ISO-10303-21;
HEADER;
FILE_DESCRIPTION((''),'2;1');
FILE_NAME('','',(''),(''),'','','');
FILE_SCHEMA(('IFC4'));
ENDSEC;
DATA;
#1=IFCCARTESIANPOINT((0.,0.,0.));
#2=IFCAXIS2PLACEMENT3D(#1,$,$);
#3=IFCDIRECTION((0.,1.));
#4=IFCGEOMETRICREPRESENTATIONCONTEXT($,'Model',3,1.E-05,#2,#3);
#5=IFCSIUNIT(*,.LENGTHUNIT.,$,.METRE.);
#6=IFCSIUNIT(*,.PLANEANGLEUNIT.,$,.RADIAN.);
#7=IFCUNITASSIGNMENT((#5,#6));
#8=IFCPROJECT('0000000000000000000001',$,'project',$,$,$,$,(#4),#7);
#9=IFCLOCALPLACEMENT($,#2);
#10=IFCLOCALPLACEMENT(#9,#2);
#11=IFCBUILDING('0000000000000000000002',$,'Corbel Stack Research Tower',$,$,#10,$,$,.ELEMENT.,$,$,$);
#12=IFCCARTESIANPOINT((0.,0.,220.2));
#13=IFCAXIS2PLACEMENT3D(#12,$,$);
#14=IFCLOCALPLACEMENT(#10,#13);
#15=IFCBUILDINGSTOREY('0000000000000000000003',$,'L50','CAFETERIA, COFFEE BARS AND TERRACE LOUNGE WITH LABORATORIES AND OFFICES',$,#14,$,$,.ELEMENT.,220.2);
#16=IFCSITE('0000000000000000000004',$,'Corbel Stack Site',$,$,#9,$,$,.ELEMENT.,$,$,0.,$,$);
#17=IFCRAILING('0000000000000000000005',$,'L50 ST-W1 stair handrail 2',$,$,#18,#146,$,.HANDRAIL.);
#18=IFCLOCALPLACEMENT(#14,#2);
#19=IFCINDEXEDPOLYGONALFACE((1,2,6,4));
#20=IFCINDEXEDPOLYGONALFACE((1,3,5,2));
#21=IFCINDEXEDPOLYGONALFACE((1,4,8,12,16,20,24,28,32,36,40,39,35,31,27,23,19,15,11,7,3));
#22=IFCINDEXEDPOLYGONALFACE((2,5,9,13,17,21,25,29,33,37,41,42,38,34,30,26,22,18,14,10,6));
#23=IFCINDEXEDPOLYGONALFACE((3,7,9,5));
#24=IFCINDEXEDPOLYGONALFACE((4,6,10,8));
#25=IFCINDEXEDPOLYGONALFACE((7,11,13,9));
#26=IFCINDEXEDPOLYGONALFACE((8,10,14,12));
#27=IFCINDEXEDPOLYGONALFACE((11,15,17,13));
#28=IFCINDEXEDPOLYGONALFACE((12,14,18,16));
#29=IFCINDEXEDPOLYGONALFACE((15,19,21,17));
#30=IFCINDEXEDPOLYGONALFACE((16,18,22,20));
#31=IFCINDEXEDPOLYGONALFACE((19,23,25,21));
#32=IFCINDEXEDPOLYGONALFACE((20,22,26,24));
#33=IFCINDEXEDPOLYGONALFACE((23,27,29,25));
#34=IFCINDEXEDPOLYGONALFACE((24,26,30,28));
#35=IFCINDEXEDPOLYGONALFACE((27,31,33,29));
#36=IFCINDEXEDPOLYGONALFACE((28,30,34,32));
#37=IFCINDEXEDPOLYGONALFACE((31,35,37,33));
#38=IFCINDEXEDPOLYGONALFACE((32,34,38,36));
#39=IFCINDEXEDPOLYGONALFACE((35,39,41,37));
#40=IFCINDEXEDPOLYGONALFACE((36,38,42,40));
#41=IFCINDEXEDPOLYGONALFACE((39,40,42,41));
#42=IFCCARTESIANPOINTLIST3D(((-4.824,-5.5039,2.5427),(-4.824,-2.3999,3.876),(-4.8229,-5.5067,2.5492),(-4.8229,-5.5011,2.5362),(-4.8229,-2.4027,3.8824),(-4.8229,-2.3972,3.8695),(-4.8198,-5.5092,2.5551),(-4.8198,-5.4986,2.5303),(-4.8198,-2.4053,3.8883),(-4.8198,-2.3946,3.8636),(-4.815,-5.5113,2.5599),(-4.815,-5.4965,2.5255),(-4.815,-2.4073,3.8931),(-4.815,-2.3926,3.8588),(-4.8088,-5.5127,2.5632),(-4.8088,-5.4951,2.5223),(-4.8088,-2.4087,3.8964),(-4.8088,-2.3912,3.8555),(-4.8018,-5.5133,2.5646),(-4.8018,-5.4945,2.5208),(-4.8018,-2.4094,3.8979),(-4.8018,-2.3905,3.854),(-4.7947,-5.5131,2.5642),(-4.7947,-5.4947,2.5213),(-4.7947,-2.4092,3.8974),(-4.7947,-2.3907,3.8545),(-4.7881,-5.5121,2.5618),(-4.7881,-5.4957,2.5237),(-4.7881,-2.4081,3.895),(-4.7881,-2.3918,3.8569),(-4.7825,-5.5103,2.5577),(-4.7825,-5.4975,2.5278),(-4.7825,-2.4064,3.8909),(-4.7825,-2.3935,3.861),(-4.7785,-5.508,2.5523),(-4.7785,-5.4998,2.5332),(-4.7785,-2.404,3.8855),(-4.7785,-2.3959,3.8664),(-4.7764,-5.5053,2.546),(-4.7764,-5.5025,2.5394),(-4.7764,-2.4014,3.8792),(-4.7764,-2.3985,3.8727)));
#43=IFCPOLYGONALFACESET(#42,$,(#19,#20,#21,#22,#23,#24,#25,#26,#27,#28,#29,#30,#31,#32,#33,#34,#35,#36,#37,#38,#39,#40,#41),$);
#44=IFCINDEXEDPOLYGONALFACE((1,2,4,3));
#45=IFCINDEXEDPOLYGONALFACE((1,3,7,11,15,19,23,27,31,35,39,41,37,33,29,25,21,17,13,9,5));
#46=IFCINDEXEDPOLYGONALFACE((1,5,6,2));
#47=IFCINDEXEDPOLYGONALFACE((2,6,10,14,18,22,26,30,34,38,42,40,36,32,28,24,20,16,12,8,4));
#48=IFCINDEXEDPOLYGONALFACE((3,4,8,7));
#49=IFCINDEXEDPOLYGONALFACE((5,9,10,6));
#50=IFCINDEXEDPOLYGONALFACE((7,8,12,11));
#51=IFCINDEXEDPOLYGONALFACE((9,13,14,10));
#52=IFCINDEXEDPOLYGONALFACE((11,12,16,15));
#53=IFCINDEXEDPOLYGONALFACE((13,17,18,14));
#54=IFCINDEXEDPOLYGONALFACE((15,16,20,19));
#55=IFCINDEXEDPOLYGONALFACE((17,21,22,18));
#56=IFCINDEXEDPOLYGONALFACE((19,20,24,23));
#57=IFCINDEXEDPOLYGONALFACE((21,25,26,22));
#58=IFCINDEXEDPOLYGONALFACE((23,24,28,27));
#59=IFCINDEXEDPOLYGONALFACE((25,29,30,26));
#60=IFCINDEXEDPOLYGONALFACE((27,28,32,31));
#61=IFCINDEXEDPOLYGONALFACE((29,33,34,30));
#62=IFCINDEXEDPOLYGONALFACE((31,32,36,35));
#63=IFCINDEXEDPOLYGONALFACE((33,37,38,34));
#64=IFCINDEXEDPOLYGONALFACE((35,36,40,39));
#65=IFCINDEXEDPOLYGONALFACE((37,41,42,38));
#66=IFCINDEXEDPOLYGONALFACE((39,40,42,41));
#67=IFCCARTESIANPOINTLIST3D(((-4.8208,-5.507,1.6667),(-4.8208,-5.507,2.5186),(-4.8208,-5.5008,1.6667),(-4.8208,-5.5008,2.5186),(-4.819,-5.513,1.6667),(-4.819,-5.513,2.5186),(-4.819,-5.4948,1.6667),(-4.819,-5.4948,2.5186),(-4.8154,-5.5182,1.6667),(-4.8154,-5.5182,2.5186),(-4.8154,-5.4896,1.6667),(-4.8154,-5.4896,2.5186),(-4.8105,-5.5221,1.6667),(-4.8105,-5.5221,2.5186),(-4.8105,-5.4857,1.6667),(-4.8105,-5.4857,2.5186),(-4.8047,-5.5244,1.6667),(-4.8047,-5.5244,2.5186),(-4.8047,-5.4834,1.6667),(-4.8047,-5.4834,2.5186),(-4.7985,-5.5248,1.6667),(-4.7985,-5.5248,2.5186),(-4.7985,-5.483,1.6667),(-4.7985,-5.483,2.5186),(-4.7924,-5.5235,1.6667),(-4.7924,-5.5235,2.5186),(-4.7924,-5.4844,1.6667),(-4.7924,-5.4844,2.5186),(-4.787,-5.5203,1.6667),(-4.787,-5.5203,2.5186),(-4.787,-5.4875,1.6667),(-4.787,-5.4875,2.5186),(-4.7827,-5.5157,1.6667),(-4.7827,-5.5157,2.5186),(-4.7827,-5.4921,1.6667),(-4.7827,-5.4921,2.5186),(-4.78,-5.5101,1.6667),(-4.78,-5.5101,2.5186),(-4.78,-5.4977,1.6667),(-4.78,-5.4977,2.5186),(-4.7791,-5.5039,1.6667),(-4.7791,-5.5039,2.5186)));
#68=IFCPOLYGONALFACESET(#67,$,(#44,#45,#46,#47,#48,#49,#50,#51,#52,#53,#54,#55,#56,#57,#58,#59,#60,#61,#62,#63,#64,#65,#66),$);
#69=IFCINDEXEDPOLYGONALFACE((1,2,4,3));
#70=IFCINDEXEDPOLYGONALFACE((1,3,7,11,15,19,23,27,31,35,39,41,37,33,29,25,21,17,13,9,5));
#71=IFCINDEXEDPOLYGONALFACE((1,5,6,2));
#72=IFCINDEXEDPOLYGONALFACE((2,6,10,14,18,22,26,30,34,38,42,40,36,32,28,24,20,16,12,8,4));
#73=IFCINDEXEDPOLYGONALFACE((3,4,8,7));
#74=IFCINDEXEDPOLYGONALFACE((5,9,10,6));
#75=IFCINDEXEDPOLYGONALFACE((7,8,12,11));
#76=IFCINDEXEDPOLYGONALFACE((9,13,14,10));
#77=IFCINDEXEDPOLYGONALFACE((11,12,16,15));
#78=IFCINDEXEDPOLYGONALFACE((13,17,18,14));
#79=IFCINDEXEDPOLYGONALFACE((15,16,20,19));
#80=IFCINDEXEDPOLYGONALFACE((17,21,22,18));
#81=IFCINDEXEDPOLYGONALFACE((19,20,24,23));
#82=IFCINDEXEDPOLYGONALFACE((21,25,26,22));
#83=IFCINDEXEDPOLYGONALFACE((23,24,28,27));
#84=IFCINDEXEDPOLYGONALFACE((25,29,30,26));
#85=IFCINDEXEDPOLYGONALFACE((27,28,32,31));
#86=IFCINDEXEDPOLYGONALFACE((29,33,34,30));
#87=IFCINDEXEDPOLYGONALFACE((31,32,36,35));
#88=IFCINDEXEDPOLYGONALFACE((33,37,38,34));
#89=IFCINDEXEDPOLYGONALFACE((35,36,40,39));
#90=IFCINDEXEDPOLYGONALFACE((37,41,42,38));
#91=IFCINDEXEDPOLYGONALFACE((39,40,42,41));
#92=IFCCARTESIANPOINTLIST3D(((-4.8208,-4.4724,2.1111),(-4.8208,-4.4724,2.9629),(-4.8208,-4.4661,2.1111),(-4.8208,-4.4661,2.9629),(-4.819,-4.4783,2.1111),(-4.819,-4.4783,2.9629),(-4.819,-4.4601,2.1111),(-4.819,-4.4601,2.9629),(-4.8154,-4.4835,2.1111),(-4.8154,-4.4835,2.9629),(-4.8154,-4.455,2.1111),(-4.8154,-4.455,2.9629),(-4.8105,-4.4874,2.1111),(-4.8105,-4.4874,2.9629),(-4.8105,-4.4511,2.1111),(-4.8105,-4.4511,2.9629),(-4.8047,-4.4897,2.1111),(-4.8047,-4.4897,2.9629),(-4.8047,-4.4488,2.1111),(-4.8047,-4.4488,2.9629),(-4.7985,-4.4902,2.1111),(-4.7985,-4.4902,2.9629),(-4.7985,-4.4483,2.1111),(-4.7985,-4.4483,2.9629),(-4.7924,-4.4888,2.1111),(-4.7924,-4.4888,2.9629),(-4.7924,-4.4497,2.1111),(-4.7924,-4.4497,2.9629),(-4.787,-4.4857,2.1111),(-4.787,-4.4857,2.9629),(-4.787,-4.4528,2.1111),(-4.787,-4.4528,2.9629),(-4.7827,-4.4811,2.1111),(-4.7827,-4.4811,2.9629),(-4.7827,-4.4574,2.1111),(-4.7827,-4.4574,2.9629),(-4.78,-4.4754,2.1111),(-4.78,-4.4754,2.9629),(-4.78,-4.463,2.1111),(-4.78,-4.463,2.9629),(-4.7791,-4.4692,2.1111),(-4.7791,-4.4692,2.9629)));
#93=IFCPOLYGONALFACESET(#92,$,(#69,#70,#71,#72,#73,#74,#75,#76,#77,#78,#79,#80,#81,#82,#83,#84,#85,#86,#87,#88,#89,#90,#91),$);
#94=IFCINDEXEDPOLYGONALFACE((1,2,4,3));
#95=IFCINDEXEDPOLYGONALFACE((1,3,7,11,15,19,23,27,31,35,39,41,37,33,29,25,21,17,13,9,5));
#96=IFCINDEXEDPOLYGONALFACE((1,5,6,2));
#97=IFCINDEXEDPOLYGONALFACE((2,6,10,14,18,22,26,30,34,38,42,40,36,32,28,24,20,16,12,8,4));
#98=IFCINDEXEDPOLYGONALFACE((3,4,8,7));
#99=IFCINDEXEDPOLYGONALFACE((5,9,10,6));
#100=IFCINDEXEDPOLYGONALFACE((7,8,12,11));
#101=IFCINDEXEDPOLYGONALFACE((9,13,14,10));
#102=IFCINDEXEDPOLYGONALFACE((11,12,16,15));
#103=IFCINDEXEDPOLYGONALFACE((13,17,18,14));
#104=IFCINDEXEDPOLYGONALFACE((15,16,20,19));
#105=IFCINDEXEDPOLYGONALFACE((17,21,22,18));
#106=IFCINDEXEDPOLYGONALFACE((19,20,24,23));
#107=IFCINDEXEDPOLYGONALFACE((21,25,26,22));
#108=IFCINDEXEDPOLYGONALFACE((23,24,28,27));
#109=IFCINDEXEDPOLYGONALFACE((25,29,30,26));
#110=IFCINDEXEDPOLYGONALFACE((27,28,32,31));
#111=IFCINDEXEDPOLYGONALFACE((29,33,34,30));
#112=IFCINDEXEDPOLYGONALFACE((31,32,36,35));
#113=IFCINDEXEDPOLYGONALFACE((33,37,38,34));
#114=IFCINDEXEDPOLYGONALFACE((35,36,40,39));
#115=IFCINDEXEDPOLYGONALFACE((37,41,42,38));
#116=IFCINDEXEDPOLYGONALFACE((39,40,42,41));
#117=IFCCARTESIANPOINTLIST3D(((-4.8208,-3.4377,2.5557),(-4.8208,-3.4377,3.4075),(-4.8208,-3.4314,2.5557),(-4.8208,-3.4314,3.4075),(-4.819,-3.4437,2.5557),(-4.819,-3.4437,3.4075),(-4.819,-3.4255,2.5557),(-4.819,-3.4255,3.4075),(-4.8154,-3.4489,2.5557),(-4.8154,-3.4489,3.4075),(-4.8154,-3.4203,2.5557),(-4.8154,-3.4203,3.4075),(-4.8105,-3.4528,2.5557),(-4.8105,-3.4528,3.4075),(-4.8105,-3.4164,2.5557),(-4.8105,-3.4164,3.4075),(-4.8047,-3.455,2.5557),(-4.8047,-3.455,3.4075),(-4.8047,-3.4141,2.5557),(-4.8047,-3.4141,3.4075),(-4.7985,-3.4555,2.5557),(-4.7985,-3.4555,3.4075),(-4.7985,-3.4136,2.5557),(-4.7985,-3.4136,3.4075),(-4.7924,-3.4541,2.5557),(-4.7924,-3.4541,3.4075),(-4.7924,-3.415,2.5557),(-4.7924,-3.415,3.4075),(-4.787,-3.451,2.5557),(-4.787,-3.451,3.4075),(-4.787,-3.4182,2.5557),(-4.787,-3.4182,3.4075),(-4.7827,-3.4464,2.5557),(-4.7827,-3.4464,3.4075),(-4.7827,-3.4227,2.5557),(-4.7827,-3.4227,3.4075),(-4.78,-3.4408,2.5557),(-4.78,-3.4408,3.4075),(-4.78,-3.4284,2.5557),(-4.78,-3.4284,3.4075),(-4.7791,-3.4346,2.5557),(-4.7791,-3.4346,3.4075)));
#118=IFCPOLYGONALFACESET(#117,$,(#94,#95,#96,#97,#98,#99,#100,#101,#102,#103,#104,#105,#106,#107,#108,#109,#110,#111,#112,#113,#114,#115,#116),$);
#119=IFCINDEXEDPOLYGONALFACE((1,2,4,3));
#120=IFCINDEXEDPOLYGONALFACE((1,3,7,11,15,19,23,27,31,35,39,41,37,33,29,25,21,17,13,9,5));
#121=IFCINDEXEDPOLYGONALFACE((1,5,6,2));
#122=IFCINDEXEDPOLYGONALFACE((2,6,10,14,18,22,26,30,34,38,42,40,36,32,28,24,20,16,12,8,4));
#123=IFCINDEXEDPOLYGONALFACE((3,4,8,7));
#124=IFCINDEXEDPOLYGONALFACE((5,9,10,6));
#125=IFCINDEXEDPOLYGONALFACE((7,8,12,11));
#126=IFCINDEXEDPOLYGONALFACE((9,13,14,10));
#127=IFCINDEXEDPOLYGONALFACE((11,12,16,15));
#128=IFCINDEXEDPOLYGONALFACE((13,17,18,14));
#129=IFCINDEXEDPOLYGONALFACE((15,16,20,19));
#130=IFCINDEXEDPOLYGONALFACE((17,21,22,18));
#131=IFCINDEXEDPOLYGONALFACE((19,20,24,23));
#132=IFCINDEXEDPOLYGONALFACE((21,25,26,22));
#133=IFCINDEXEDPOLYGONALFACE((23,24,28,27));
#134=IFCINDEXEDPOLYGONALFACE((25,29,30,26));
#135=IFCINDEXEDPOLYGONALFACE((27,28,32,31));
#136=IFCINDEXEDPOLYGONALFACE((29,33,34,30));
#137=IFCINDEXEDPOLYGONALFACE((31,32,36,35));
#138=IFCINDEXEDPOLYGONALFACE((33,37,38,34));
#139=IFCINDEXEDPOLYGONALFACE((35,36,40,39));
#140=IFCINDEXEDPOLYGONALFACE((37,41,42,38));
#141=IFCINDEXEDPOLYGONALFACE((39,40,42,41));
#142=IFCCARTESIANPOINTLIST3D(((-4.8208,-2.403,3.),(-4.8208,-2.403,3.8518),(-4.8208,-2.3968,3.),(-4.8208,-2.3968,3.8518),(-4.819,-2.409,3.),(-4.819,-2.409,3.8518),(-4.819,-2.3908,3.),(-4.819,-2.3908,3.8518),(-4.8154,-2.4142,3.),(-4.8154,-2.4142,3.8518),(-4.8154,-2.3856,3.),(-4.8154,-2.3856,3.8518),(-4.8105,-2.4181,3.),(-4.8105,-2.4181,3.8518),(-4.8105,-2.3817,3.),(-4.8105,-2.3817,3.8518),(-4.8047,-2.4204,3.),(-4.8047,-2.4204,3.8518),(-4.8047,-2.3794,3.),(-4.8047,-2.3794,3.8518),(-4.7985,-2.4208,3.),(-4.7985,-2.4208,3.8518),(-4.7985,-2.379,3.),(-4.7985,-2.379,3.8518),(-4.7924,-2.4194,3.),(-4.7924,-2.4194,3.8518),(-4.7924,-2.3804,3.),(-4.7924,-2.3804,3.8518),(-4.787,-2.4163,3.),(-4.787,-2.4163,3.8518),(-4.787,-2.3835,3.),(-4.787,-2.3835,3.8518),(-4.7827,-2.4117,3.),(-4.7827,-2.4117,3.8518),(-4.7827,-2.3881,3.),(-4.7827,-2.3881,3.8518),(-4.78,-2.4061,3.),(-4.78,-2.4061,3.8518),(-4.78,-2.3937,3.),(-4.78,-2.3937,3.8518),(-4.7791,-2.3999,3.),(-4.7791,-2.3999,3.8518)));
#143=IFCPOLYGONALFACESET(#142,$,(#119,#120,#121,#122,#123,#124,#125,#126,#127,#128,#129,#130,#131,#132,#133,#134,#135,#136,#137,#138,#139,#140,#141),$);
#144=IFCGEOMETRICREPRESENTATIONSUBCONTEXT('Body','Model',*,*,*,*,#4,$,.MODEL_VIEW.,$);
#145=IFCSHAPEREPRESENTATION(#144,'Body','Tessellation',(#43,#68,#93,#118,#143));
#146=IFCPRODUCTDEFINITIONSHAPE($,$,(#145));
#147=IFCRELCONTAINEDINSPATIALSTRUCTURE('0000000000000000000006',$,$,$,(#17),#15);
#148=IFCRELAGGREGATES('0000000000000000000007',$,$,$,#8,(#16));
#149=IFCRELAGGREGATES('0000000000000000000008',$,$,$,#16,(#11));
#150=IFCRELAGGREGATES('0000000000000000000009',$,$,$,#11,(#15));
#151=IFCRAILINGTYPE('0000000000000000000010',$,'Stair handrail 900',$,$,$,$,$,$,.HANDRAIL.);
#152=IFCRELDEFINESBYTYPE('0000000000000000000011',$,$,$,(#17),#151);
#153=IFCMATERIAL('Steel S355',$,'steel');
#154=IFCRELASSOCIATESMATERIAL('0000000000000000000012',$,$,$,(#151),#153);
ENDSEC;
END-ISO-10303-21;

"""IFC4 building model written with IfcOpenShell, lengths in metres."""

from ifc_helpers import new_model, si_unit, direction, frame, origin, origin_2d, place, context, subcontext, project, spatial, circle, extrude, material, type_object, element, save


model = new_model("IFC4")

# Units and contexts
model_context = context("Model", 3, precision=1e-05, world=origin(), true_north=direction((0.0, 1.0)))
body_context = subcontext(model_context, "Body", "Model", "MODEL_VIEW")
ifc_project = project(units=[si_unit("LENGTHUNIT", "METRE"), si_unit("PLANEANGLEUNIT", "RADIAN")], contexts=[model_context])

# Site, building, storey
site_placement = place(None, origin())
site = spatial("IfcSite", under=ifc_project, at=site_placement, Name="Corbel Stack Site", CompositionType="ELEMENT", RefElevation=0.0)
building_placement = place(site_placement, origin())
building = spatial("IfcBuilding", under=site, at=building_placement, Name="Corbel Stack Research Tower", CompositionType="ELEMENT")
storey_placement = place(building_placement, frame((0.0, 0.0, 220.2)))
storey = spatial("IfcBuildingStorey", under=building, at=storey_placement, Name="L50", Description="CAFETERIA, COFFEE BARS AND TERRACE LOUNGE WITH LABORATORIES AND OFFICES", CompositionType="ELEMENT", Elevation=220.2)

# Railing
ifc_material_1 = material(Name="Steel S355", Category="steel")
railing_type = type_object("IfcRailingType", Name="Stair handrail 900", PredefinedType="HANDRAIL", material=ifc_material_1)
for number, where, name in (
    (1, (-4.8, -5.5039, 1.6667), "L50 ST-W1 stair handrail 2"),
):
    element("IfcRailing", number, at=place(storey_placement, frame(where)), inside=storey, type_object=railing_type, Name=name, PredefinedType="HANDRAIL", context=body_context, shape_type="SweptSolid", body=[
        extrude(circle(Radius=0.0239, at=origin_2d()), frame((0.0, 0.0, 0.876), z_axis=(0.0, 0.918827, 0.394661), x_axis=(-1.0, 0.0, 0.0)), (0.0, 0.0, 1.0), 3.3782),
        extrude(circle(Radius=0.021, at=origin_2d()), origin(), (0.0, 0.0, 1.0), 0.8518),
        extrude(circle(Radius=0.021, at=origin_2d()), frame((0.0, 1.0347, 0.4443)), (0.0, 0.0, 1.0), 0.8518),
        extrude(circle(Radius=0.021, at=origin_2d()), frame((0.0, 2.0693, 0.8889)), (0.0, 0.0, 1.0), 0.8518),
        extrude(circle(Radius=0.021, at=origin_2d()), frame((0.0, 3.104, 1.3333)), (0.0, 0.0, 1.0), 0.8518),
    ])

save(model, "model.ifc")
